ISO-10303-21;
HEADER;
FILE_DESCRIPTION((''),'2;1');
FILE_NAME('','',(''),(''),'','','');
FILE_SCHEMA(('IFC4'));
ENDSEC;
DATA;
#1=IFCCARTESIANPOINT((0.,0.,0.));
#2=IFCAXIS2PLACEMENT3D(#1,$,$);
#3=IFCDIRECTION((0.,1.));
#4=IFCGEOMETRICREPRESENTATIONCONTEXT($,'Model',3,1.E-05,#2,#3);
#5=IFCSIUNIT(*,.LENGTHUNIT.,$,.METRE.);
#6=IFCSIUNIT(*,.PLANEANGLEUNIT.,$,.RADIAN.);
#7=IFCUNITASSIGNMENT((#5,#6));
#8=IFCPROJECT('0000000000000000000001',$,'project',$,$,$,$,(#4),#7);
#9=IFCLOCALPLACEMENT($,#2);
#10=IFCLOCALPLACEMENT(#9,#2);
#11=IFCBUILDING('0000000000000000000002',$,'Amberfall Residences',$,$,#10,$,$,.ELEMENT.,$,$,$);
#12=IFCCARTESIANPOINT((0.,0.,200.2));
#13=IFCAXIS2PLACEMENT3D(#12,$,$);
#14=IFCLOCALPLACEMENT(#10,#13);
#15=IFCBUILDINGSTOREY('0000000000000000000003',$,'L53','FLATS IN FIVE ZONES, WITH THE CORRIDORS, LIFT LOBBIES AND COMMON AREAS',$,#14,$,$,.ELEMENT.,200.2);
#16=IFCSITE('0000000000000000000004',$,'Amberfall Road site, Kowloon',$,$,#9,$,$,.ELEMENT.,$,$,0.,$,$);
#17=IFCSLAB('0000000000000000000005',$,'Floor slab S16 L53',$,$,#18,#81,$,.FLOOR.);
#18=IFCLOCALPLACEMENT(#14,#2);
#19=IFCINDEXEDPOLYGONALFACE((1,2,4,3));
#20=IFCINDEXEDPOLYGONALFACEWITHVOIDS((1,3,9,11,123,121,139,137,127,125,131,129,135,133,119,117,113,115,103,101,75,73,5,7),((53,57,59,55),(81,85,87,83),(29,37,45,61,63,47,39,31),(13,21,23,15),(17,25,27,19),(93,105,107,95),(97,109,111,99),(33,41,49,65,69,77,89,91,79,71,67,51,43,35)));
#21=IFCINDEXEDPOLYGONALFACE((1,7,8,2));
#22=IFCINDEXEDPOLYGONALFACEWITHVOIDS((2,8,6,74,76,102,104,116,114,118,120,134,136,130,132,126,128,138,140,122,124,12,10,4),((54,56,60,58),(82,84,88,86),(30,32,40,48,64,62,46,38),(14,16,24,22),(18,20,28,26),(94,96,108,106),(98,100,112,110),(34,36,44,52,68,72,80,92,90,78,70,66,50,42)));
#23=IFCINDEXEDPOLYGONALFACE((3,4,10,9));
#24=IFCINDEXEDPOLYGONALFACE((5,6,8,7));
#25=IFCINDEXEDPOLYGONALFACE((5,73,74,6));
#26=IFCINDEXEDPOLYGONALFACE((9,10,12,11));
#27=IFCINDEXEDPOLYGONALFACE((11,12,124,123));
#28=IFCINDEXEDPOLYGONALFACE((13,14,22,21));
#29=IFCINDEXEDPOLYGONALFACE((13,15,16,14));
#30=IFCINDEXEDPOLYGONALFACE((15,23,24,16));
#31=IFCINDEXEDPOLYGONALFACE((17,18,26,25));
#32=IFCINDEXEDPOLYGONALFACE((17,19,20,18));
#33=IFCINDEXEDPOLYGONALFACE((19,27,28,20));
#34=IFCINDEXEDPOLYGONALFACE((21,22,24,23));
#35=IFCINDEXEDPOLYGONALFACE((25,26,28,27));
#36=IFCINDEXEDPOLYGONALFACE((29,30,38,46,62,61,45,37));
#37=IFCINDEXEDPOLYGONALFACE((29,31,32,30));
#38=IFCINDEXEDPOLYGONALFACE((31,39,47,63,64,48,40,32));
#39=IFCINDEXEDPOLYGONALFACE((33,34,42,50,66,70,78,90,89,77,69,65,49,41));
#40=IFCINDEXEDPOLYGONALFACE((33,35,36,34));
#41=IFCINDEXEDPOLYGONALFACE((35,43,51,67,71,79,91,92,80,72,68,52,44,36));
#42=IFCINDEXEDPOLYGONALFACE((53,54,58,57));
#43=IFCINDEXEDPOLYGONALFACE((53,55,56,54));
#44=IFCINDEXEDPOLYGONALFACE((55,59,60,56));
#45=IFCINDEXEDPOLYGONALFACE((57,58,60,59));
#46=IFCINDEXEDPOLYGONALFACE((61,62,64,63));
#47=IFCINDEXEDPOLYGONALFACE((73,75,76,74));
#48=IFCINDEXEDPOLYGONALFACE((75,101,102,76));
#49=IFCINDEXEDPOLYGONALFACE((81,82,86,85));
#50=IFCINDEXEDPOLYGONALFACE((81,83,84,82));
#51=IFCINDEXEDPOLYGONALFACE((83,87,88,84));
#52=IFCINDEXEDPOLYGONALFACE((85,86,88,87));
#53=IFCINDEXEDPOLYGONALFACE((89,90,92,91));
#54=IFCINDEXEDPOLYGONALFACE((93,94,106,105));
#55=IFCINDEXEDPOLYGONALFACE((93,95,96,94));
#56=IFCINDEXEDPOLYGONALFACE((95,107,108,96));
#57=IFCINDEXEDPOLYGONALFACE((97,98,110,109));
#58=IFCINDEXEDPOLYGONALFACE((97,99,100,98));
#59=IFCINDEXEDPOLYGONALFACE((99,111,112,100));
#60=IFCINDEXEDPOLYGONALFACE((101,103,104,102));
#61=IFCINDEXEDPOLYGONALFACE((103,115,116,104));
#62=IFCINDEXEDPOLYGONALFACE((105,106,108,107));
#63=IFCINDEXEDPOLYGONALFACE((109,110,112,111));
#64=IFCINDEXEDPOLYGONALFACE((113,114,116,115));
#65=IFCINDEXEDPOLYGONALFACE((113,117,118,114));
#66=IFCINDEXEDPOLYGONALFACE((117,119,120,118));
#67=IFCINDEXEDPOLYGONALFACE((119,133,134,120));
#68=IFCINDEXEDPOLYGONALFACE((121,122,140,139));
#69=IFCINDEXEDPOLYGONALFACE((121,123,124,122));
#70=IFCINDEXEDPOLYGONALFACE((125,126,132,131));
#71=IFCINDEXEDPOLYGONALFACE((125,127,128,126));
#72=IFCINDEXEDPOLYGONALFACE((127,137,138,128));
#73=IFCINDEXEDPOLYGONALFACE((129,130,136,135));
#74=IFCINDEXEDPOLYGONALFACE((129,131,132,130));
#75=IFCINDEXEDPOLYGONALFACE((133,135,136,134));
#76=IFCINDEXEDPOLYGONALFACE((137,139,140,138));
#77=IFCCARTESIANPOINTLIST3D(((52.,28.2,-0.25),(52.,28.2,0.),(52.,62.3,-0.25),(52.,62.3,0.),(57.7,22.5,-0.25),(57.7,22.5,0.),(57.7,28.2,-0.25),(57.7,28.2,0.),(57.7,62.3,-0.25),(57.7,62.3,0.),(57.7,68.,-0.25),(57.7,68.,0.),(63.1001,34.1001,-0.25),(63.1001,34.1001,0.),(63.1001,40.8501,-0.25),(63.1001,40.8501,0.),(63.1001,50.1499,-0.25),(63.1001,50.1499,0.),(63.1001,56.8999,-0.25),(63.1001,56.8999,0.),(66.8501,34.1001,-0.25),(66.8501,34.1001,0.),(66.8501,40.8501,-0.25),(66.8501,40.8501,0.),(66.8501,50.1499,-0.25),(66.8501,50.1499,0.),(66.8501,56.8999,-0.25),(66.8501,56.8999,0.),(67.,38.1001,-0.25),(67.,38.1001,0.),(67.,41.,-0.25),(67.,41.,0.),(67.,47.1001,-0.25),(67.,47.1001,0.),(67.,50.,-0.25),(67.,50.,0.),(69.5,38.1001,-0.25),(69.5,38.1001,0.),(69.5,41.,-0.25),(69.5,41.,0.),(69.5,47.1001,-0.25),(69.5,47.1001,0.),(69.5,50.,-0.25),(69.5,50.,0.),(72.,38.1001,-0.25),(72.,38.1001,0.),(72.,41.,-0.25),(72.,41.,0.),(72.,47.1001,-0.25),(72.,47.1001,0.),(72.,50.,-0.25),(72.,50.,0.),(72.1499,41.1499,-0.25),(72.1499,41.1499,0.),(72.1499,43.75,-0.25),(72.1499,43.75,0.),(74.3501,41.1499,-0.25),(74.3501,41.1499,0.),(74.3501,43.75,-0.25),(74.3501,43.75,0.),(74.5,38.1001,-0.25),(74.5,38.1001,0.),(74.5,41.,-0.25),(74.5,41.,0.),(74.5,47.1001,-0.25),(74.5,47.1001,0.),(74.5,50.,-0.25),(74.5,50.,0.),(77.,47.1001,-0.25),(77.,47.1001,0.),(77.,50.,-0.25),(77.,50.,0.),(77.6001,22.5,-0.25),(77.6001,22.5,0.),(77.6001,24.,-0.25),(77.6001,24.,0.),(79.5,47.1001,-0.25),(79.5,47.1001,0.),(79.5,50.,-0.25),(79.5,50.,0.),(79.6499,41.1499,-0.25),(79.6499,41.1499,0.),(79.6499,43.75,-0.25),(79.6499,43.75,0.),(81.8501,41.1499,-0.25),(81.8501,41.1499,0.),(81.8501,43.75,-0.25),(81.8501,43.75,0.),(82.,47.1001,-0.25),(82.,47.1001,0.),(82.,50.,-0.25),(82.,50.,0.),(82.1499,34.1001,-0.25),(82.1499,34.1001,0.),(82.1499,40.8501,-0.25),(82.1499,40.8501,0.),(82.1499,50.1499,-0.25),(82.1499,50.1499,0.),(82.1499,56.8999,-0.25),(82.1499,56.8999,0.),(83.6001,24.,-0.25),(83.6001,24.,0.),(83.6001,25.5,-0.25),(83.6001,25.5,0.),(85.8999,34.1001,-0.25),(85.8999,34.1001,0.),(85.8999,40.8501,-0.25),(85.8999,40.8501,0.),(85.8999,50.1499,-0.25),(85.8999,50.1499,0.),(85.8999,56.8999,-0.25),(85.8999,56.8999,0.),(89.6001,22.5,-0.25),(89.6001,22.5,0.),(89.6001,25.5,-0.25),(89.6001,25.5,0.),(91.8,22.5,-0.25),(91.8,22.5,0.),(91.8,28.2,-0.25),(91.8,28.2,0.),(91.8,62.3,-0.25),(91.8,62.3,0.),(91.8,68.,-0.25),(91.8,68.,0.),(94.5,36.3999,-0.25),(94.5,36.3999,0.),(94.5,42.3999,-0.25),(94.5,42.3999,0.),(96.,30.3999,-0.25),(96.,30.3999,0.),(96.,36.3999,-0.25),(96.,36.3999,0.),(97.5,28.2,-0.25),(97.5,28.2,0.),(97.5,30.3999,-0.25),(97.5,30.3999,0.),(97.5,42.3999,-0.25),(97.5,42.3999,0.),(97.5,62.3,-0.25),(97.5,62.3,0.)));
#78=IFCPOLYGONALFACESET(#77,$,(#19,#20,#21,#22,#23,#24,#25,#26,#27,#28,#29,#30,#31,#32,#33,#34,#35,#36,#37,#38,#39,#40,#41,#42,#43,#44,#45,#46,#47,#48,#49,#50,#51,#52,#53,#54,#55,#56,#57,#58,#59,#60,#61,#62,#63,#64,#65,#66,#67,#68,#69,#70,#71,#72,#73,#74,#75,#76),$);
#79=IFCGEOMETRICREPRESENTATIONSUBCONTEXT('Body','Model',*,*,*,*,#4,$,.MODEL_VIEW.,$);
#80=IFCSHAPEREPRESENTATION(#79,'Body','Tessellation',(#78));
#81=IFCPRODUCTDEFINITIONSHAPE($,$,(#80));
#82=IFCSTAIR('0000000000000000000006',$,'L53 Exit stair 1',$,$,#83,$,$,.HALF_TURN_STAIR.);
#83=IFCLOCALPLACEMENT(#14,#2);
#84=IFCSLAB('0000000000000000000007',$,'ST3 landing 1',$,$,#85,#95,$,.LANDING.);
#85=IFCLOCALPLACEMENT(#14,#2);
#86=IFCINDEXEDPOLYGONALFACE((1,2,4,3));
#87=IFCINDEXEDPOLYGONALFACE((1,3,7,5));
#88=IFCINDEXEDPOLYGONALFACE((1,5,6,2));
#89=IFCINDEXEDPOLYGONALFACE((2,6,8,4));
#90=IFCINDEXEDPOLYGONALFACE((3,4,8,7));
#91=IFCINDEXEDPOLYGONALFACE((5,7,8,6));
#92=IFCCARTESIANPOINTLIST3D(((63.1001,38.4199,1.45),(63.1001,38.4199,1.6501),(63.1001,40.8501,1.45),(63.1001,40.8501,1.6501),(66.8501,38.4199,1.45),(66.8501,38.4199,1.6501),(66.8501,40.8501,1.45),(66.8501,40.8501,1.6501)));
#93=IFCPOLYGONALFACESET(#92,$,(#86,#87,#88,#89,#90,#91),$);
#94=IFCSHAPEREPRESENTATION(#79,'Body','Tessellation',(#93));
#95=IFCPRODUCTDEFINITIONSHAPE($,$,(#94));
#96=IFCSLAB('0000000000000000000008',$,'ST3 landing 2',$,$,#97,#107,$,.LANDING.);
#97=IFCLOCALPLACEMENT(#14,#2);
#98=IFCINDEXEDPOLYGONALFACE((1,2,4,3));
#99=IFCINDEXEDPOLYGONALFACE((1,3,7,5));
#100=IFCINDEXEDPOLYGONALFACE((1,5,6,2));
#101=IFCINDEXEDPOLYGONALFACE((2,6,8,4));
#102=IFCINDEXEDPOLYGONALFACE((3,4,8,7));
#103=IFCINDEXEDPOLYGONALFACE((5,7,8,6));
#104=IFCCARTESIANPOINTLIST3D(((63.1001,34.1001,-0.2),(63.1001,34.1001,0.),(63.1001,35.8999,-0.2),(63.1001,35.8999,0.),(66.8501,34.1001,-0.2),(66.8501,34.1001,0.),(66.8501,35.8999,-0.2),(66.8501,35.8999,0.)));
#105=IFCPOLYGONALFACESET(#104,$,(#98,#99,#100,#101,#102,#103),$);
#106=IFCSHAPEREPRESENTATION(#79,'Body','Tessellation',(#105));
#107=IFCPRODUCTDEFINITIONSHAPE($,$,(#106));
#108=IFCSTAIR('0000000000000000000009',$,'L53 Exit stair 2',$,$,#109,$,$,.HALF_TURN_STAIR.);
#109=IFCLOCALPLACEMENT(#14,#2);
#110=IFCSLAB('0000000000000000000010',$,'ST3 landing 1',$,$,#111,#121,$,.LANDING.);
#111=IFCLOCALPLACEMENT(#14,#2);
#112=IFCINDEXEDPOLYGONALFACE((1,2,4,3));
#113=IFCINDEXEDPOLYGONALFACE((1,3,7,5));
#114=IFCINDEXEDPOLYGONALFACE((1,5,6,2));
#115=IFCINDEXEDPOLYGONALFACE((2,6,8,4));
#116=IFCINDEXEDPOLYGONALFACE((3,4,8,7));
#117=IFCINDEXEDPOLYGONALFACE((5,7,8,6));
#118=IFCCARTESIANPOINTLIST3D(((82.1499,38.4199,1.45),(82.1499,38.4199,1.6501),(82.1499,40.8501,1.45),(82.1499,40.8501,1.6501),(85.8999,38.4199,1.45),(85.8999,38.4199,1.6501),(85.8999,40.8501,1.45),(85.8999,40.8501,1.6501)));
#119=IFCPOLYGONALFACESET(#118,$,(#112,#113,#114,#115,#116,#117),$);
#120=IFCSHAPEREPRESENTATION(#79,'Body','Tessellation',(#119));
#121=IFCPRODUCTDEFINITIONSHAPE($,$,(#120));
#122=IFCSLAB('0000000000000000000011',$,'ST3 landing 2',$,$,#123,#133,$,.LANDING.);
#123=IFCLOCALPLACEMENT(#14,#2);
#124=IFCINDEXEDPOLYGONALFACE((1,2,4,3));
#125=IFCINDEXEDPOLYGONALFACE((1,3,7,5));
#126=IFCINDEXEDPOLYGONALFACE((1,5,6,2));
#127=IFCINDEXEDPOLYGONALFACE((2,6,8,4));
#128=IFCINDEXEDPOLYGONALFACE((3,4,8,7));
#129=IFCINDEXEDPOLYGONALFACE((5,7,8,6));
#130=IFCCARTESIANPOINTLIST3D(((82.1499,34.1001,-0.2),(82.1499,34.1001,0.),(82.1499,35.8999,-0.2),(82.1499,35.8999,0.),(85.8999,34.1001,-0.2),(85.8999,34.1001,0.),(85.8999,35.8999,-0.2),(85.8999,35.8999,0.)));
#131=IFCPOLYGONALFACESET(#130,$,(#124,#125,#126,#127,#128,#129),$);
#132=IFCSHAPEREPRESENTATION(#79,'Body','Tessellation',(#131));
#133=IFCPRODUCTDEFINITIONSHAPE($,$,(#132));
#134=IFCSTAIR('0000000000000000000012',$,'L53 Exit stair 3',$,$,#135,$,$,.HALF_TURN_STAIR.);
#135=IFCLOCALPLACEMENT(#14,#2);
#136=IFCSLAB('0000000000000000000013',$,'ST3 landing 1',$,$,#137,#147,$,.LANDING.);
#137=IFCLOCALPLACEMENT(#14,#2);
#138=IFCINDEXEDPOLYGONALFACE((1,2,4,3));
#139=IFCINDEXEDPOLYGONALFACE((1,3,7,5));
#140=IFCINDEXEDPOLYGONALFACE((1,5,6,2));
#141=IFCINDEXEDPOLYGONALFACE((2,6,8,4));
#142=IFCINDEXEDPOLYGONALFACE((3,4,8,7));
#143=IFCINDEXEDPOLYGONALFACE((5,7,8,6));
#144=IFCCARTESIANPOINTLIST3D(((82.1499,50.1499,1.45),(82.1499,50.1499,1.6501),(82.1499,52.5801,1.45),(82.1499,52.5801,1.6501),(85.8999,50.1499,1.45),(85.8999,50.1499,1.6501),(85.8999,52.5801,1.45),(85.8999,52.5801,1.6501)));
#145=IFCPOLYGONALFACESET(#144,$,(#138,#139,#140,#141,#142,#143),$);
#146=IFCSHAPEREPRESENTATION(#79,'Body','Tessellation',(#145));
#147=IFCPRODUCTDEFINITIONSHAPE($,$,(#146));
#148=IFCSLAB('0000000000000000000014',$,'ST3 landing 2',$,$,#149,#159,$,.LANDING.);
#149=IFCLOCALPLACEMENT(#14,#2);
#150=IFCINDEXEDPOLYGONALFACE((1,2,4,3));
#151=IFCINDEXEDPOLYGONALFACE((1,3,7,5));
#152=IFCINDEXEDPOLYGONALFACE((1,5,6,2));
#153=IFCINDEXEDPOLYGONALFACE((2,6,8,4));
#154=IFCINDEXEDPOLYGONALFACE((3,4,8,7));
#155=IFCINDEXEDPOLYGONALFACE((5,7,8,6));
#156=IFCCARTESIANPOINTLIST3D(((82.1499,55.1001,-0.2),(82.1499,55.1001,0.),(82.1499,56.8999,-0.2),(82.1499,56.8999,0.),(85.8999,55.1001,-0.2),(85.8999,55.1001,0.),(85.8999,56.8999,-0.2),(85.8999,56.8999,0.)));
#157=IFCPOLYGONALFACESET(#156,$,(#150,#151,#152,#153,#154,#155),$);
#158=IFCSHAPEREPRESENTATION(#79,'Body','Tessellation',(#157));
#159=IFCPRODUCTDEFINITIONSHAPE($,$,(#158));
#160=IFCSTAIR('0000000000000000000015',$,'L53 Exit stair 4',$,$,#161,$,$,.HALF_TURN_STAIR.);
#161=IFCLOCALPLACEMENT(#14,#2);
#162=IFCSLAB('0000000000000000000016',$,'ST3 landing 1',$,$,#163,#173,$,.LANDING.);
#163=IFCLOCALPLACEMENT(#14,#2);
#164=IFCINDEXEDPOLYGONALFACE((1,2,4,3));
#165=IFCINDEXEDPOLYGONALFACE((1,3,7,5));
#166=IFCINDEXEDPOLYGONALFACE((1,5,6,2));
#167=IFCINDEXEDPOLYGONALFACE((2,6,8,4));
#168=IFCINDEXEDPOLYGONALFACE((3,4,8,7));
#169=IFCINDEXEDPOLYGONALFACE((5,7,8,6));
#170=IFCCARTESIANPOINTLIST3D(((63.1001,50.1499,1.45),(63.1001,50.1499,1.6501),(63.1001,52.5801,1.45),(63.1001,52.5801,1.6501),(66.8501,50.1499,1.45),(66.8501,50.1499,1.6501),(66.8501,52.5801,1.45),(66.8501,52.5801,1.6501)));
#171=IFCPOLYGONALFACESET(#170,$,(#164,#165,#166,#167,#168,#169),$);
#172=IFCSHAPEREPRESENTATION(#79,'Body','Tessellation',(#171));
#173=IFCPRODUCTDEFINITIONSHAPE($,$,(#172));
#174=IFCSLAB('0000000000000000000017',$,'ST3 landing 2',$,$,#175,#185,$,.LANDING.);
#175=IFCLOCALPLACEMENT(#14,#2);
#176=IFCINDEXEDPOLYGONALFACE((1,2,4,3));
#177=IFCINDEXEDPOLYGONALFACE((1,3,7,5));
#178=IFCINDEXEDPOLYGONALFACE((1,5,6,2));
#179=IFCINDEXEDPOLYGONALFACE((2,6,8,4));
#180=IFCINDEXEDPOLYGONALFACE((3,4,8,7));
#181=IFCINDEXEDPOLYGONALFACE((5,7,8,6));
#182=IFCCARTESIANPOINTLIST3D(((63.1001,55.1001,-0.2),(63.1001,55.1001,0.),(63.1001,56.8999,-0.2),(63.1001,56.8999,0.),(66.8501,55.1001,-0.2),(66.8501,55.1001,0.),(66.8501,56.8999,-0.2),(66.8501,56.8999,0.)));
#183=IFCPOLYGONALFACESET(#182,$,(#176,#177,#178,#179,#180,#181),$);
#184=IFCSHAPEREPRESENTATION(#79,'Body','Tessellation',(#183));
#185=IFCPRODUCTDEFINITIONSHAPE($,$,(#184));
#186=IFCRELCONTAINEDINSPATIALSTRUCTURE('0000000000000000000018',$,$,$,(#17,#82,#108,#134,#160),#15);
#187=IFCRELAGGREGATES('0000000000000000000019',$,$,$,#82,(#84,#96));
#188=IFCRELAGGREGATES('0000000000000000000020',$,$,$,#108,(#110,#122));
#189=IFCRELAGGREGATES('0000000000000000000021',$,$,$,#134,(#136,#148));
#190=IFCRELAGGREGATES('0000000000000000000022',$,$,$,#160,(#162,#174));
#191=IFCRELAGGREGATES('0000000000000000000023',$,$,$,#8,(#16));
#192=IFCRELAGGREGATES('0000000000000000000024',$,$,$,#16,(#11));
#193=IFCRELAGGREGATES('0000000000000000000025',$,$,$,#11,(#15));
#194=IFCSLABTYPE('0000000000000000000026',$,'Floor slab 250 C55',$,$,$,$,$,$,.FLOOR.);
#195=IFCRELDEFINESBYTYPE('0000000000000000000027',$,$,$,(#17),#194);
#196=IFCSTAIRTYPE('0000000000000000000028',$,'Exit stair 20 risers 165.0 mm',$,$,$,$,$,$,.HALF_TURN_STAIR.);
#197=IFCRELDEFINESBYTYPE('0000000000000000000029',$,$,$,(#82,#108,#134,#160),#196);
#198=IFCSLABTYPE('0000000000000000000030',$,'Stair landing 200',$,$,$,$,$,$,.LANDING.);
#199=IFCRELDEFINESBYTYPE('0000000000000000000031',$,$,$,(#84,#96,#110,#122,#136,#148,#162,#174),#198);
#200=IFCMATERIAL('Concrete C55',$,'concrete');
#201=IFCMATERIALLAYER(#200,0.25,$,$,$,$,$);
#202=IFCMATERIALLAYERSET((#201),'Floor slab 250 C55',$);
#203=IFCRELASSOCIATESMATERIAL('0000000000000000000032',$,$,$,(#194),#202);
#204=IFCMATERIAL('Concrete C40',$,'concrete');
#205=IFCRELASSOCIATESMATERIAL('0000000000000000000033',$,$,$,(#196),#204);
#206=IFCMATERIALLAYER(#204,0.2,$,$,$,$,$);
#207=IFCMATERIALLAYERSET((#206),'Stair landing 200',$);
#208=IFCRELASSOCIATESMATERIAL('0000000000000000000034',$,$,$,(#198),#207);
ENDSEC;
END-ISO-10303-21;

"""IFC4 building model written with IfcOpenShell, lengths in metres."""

from ifc_helpers import new_model, si_unit, direction, frame, origin, place, context, subcontext, project, spatial, polyline, outline, extrude, material, layer, layer_set, type_object, element, aggregate, save


model = new_model("IFC4")

# Units and contexts
model_context = context("Model", 3, precision=1e-05, world=origin(), true_north=direction((0.0, 1.0)))
body_context = subcontext(model_context, "Body", "Model", "MODEL_VIEW")
ifc_project = project(units=[si_unit("LENGTHUNIT", "METRE"), si_unit("PLANEANGLEUNIT", "RADIAN")], contexts=[model_context])

# Site, building, storey
site_placement = place(None, origin())
site = spatial("IfcSite", under=ifc_project, at=site_placement, Name="Amberfall Road site, Kowloon", CompositionType="ELEMENT", RefElevation=0.0)
building_placement = place(site_placement, origin())
building = spatial("IfcBuilding", under=site, at=building_placement, Name="Amberfall Residences", CompositionType="ELEMENT")
storey_placement = place(building_placement, frame((0.0, 0.0, 200.2)))
storey = spatial("IfcBuildingStorey", under=building, at=storey_placement, Name="L53", Description="FLATS IN FIVE ZONES, WITH THE CORRIDORS, LIFT LOBBIES AND COMMON AREAS", CompositionType="ELEMENT", Elevation=200.2)

# Slab
ifc_material_1 = material(Name="Concrete C55", Category="concrete")
ifc_layer_1 = layer(ifc_material_1, 0.25)
ifc_layer_set_1 = layer_set([ifc_layer_1], Name="Floor slab 250 C55")
slab_type_1 = type_object("IfcSlabType", Name="Floor slab 250 C55", PredefinedType="FLOOR", material=ifc_layer_set_1)
slab_1_placement = place(storey_placement, frame((0.0, 0.0, -0.25)))
element("IfcSlab", 1, at=slab_1_placement, inside=storey, type_object=slab_type_1, Name="Floor slab S16 L53", PredefinedType="FLOOR", context=body_context, shape_type="SweptSolid", body=[
    extrude(outline(polyline([(89.6001, 22.5), (89.6001, 25.5), (83.6001, 25.5), (83.6001, 24.0), (77.6001, 24.0), (77.6001, 22.5), (57.7, 22.5), (57.7, 28.2), (52.0, 28.2), (52.0, 62.3), (57.7, 62.3), (57.7, 68.0), (91.8, 68.0), (91.8, 62.3), (97.5, 62.3), (97.5, 42.3999), (94.5, 42.3999), (94.5, 36.3999), (96.0, 36.3999), (96.0, 30.3999), (97.5, 30.3999), (97.5, 28.2), (91.8, 28.2), (91.8, 22.5), (89.6001, 22.5)]), holes=[polyline([(85.8999, 34.1001), (85.8999, 40.8501), (82.1499, 40.8501), (82.1499, 34.1001), (85.8999, 34.1001)]), polyline([(85.8999, 50.1499), (85.8999, 56.8999), (82.1499, 56.8999), (82.1499, 50.1499), (85.8999, 50.1499)]), polyline([(72.0, 50.0), (69.5, 50.0), (67.0, 50.0), (67.0, 47.1001), (69.5, 47.1001), (72.0, 47.1001), (74.5, 47.1001), (77.0, 47.1001), (79.5, 47.1001), (82.0, 47.1001), (82.0, 50.0), (79.5, 50.0), (77.0, 50.0), (74.5, 50.0), (72.0, 50.0)]), polyline([(81.8501, 41.1499), (81.8501, 43.75), (79.6499, 43.75), (79.6499, 41.1499), (81.8501, 41.1499)]), polyline([(69.5, 41.0), (67.0, 41.0), (67.0, 38.1001), (69.5, 38.1001), (72.0, 38.1001), (74.5, 38.1001), (74.5, 41.0), (72.0, 41.0), (69.5, 41.0)]), polyline([(74.3501, 41.1499), (74.3501, 43.75), (72.1499, 43.75), (72.1499, 41.1499), (74.3501, 41.1499)]), polyline([(66.8501, 50.1499), (66.8501, 56.8999), (63.1001, 56.8999), (63.1001, 50.1499), (66.8501, 50.1499)]), polyline([(66.8501, 40.8501), (63.1001, 40.8501), (63.1001, 34.1001), (66.8501, 34.1001), (66.8501, 40.8501)])]), origin(), (0.0, 0.0, 1.0), 0.25),
])

# Stairs, slabs
ifc_material_2 = material(Name="Concrete C40", Category="concrete")
stair_type = type_object("IfcStairType", Name="Exit stair 20 risers 165.0 mm", PredefinedType="HALF_TURN_STAIR", material=ifc_material_2)
stair_1_placement = place(storey_placement, origin())
stair_1 = element("IfcStair", 2, at=stair_1_placement, inside=storey, type_object=stair_type, Name="L53 Exit stair 1", PredefinedType="HALF_TURN_STAIR")
ifc_layer_2 = layer(ifc_material_2, 0.2)
ifc_layer_set_2 = layer_set([ifc_layer_2], Name="Stair landing 200")
slab_type_2 = type_object("IfcSlabType", Name="Stair landing 200", PredefinedType="LANDING", material=ifc_layer_set_2)
slab_2_placement = place(storey_placement, frame((0.0, 0.0, 1.45)))
slab_2 = element("IfcSlab", 3, at=slab_2_placement, type_object=slab_type_2, Name="ST3 landing 1", PredefinedType="LANDING", context=body_context, shape_type="SweptSolid", body=[
    extrude(outline(polyline([(66.8501, 38.4199), (66.8501, 40.8501), (63.1001, 40.8501), (63.1001, 38.4199), (66.8501, 38.4199)])), origin(), (0.0, 0.0, 1.0), 0.2002),
])
slab_3_placement = place(storey_placement, frame((0.0, 0.0, -0.2)))
slab_3 = element("IfcSlab", 4, at=slab_3_placement, type_object=slab_type_2, Name="ST3 landing 2", PredefinedType="LANDING", context=body_context, shape_type="SweptSolid", body=[
    extrude(outline(polyline([(66.8501, 34.1001), (66.8501, 35.8999), (63.1001, 35.8999), (63.1001, 34.1001), (66.8501, 34.1001)])), origin(), (0.0, 0.0, 1.0), 0.2),
])
aggregate(stair_1, [slab_2, slab_3])
stair_2_placement = place(storey_placement, origin())
stair_2 = element("IfcStair", 5, at=stair_2_placement, inside=storey, type_object=stair_type, Name="L53 Exit stair 2", PredefinedType="HALF_TURN_STAIR")
slab_4_placement = place(storey_placement, frame((0.0, 0.0, 1.45)))
slab_4 = element("IfcSlab", 6, at=slab_4_placement, type_object=slab_type_2, Name="ST3 landing 1", PredefinedType="LANDING", context=body_context, shape_type="SweptSolid", body=[
    extrude(outline(polyline([(85.8999, 38.4199), (85.8999, 40.8501), (82.1499, 40.8501), (82.1499, 38.4199), (85.8999, 38.4199)])), origin(), (0.0, 0.0, 1.0), 0.2002),
])
slab_5_placement = place(storey_placement, frame((0.0, 0.0, -0.2)))
slab_5 = element("IfcSlab", 7, at=slab_5_placement, type_object=slab_type_2, Name="ST3 landing 2", PredefinedType="LANDING", context=body_context, shape_type="SweptSolid", body=[
    extrude(outline(polyline([(85.8999, 34.1001), (85.8999, 35.8999), (82.1499, 35.8999), (82.1499, 34.1001), (85.8999, 34.1001)])), origin(), (0.0, 0.0, 1.0), 0.2),
])
aggregate(stair_2, [slab_4, slab_5])
stair_3_placement = place(storey_placement, origin())
stair_3 = element("IfcStair", 8, at=stair_3_placement, inside=storey, type_object=stair_type, Name="L53 Exit stair 3", PredefinedType="HALF_TURN_STAIR")
slab_6_placement = place(storey_placement, frame((0.0, 0.0, 1.45)))
slab_6 = element("IfcSlab", 9, at=slab_6_placement, type_object=slab_type_2, Name="ST3 landing 1", PredefinedType="LANDING", context=body_context, shape_type="SweptSolid", body=[
    extrude(outline(polyline([(82.1499, 52.5801), (82.1499, 50.1499), (85.8999, 50.1499), (85.8999, 52.5801), (82.1499, 52.5801)])), origin(), (0.0, 0.0, 1.0), 0.2002),
])
slab_7_placement = place(storey_placement, frame((0.0, 0.0, -0.2)))
slab_7 = element("IfcSlab", 10, at=slab_7_placement, type_object=slab_type_2, Name="ST3 landing 2", PredefinedType="LANDING", context=body_context, shape_type="SweptSolid", body=[
    extrude(outline(polyline([(82.1499, 56.8999), (82.1499, 55.1001), (85.8999, 55.1001), (85.8999, 56.8999), (82.1499, 56.8999)])), origin(), (0.0, 0.0, 1.0), 0.2),
])
aggregate(stair_3, [slab_6, slab_7])
stair_4_placement = place(storey_placement, origin())
stair_4 = element("IfcStair", 11, at=stair_4_placement, inside=storey, type_object=stair_type, Name="L53 Exit stair 4", PredefinedType="HALF_TURN_STAIR")
slab_8_placement = place(storey_placement, frame((0.0, 0.0, 1.45)))
slab_8 = element("IfcSlab", 12, at=slab_8_placement, type_object=slab_type_2, Name="ST3 landing 1", PredefinedType="LANDING", context=body_context, shape_type="SweptSolid", body=[
    extrude(outline(polyline([(63.1001, 52.5801), (63.1001, 50.1499), (66.8501, 50.1499), (66.8501, 52.5801), (63.1001, 52.5801)])), origin(), (0.0, 0.0, 1.0), 0.2002),
])
slab_9_placement = place(storey_placement, frame((0.0, 0.0, -0.2)))
slab_9 = element("IfcSlab", 13, at=slab_9_placement, type_object=slab_type_2, Name="ST3 landing 2", PredefinedType="LANDING", context=body_context, shape_type="SweptSolid", body=[
    extrude(outline(polyline([(63.1001, 56.8999), (63.1001, 55.1001), (66.8501, 55.1001), (66.8501, 56.8999), (63.1001, 56.8999)])), origin(), (0.0, 0.0, 1.0), 0.2),
])
aggregate(stair_4, [slab_8, slab_9])

save(model, "model.ifc")
